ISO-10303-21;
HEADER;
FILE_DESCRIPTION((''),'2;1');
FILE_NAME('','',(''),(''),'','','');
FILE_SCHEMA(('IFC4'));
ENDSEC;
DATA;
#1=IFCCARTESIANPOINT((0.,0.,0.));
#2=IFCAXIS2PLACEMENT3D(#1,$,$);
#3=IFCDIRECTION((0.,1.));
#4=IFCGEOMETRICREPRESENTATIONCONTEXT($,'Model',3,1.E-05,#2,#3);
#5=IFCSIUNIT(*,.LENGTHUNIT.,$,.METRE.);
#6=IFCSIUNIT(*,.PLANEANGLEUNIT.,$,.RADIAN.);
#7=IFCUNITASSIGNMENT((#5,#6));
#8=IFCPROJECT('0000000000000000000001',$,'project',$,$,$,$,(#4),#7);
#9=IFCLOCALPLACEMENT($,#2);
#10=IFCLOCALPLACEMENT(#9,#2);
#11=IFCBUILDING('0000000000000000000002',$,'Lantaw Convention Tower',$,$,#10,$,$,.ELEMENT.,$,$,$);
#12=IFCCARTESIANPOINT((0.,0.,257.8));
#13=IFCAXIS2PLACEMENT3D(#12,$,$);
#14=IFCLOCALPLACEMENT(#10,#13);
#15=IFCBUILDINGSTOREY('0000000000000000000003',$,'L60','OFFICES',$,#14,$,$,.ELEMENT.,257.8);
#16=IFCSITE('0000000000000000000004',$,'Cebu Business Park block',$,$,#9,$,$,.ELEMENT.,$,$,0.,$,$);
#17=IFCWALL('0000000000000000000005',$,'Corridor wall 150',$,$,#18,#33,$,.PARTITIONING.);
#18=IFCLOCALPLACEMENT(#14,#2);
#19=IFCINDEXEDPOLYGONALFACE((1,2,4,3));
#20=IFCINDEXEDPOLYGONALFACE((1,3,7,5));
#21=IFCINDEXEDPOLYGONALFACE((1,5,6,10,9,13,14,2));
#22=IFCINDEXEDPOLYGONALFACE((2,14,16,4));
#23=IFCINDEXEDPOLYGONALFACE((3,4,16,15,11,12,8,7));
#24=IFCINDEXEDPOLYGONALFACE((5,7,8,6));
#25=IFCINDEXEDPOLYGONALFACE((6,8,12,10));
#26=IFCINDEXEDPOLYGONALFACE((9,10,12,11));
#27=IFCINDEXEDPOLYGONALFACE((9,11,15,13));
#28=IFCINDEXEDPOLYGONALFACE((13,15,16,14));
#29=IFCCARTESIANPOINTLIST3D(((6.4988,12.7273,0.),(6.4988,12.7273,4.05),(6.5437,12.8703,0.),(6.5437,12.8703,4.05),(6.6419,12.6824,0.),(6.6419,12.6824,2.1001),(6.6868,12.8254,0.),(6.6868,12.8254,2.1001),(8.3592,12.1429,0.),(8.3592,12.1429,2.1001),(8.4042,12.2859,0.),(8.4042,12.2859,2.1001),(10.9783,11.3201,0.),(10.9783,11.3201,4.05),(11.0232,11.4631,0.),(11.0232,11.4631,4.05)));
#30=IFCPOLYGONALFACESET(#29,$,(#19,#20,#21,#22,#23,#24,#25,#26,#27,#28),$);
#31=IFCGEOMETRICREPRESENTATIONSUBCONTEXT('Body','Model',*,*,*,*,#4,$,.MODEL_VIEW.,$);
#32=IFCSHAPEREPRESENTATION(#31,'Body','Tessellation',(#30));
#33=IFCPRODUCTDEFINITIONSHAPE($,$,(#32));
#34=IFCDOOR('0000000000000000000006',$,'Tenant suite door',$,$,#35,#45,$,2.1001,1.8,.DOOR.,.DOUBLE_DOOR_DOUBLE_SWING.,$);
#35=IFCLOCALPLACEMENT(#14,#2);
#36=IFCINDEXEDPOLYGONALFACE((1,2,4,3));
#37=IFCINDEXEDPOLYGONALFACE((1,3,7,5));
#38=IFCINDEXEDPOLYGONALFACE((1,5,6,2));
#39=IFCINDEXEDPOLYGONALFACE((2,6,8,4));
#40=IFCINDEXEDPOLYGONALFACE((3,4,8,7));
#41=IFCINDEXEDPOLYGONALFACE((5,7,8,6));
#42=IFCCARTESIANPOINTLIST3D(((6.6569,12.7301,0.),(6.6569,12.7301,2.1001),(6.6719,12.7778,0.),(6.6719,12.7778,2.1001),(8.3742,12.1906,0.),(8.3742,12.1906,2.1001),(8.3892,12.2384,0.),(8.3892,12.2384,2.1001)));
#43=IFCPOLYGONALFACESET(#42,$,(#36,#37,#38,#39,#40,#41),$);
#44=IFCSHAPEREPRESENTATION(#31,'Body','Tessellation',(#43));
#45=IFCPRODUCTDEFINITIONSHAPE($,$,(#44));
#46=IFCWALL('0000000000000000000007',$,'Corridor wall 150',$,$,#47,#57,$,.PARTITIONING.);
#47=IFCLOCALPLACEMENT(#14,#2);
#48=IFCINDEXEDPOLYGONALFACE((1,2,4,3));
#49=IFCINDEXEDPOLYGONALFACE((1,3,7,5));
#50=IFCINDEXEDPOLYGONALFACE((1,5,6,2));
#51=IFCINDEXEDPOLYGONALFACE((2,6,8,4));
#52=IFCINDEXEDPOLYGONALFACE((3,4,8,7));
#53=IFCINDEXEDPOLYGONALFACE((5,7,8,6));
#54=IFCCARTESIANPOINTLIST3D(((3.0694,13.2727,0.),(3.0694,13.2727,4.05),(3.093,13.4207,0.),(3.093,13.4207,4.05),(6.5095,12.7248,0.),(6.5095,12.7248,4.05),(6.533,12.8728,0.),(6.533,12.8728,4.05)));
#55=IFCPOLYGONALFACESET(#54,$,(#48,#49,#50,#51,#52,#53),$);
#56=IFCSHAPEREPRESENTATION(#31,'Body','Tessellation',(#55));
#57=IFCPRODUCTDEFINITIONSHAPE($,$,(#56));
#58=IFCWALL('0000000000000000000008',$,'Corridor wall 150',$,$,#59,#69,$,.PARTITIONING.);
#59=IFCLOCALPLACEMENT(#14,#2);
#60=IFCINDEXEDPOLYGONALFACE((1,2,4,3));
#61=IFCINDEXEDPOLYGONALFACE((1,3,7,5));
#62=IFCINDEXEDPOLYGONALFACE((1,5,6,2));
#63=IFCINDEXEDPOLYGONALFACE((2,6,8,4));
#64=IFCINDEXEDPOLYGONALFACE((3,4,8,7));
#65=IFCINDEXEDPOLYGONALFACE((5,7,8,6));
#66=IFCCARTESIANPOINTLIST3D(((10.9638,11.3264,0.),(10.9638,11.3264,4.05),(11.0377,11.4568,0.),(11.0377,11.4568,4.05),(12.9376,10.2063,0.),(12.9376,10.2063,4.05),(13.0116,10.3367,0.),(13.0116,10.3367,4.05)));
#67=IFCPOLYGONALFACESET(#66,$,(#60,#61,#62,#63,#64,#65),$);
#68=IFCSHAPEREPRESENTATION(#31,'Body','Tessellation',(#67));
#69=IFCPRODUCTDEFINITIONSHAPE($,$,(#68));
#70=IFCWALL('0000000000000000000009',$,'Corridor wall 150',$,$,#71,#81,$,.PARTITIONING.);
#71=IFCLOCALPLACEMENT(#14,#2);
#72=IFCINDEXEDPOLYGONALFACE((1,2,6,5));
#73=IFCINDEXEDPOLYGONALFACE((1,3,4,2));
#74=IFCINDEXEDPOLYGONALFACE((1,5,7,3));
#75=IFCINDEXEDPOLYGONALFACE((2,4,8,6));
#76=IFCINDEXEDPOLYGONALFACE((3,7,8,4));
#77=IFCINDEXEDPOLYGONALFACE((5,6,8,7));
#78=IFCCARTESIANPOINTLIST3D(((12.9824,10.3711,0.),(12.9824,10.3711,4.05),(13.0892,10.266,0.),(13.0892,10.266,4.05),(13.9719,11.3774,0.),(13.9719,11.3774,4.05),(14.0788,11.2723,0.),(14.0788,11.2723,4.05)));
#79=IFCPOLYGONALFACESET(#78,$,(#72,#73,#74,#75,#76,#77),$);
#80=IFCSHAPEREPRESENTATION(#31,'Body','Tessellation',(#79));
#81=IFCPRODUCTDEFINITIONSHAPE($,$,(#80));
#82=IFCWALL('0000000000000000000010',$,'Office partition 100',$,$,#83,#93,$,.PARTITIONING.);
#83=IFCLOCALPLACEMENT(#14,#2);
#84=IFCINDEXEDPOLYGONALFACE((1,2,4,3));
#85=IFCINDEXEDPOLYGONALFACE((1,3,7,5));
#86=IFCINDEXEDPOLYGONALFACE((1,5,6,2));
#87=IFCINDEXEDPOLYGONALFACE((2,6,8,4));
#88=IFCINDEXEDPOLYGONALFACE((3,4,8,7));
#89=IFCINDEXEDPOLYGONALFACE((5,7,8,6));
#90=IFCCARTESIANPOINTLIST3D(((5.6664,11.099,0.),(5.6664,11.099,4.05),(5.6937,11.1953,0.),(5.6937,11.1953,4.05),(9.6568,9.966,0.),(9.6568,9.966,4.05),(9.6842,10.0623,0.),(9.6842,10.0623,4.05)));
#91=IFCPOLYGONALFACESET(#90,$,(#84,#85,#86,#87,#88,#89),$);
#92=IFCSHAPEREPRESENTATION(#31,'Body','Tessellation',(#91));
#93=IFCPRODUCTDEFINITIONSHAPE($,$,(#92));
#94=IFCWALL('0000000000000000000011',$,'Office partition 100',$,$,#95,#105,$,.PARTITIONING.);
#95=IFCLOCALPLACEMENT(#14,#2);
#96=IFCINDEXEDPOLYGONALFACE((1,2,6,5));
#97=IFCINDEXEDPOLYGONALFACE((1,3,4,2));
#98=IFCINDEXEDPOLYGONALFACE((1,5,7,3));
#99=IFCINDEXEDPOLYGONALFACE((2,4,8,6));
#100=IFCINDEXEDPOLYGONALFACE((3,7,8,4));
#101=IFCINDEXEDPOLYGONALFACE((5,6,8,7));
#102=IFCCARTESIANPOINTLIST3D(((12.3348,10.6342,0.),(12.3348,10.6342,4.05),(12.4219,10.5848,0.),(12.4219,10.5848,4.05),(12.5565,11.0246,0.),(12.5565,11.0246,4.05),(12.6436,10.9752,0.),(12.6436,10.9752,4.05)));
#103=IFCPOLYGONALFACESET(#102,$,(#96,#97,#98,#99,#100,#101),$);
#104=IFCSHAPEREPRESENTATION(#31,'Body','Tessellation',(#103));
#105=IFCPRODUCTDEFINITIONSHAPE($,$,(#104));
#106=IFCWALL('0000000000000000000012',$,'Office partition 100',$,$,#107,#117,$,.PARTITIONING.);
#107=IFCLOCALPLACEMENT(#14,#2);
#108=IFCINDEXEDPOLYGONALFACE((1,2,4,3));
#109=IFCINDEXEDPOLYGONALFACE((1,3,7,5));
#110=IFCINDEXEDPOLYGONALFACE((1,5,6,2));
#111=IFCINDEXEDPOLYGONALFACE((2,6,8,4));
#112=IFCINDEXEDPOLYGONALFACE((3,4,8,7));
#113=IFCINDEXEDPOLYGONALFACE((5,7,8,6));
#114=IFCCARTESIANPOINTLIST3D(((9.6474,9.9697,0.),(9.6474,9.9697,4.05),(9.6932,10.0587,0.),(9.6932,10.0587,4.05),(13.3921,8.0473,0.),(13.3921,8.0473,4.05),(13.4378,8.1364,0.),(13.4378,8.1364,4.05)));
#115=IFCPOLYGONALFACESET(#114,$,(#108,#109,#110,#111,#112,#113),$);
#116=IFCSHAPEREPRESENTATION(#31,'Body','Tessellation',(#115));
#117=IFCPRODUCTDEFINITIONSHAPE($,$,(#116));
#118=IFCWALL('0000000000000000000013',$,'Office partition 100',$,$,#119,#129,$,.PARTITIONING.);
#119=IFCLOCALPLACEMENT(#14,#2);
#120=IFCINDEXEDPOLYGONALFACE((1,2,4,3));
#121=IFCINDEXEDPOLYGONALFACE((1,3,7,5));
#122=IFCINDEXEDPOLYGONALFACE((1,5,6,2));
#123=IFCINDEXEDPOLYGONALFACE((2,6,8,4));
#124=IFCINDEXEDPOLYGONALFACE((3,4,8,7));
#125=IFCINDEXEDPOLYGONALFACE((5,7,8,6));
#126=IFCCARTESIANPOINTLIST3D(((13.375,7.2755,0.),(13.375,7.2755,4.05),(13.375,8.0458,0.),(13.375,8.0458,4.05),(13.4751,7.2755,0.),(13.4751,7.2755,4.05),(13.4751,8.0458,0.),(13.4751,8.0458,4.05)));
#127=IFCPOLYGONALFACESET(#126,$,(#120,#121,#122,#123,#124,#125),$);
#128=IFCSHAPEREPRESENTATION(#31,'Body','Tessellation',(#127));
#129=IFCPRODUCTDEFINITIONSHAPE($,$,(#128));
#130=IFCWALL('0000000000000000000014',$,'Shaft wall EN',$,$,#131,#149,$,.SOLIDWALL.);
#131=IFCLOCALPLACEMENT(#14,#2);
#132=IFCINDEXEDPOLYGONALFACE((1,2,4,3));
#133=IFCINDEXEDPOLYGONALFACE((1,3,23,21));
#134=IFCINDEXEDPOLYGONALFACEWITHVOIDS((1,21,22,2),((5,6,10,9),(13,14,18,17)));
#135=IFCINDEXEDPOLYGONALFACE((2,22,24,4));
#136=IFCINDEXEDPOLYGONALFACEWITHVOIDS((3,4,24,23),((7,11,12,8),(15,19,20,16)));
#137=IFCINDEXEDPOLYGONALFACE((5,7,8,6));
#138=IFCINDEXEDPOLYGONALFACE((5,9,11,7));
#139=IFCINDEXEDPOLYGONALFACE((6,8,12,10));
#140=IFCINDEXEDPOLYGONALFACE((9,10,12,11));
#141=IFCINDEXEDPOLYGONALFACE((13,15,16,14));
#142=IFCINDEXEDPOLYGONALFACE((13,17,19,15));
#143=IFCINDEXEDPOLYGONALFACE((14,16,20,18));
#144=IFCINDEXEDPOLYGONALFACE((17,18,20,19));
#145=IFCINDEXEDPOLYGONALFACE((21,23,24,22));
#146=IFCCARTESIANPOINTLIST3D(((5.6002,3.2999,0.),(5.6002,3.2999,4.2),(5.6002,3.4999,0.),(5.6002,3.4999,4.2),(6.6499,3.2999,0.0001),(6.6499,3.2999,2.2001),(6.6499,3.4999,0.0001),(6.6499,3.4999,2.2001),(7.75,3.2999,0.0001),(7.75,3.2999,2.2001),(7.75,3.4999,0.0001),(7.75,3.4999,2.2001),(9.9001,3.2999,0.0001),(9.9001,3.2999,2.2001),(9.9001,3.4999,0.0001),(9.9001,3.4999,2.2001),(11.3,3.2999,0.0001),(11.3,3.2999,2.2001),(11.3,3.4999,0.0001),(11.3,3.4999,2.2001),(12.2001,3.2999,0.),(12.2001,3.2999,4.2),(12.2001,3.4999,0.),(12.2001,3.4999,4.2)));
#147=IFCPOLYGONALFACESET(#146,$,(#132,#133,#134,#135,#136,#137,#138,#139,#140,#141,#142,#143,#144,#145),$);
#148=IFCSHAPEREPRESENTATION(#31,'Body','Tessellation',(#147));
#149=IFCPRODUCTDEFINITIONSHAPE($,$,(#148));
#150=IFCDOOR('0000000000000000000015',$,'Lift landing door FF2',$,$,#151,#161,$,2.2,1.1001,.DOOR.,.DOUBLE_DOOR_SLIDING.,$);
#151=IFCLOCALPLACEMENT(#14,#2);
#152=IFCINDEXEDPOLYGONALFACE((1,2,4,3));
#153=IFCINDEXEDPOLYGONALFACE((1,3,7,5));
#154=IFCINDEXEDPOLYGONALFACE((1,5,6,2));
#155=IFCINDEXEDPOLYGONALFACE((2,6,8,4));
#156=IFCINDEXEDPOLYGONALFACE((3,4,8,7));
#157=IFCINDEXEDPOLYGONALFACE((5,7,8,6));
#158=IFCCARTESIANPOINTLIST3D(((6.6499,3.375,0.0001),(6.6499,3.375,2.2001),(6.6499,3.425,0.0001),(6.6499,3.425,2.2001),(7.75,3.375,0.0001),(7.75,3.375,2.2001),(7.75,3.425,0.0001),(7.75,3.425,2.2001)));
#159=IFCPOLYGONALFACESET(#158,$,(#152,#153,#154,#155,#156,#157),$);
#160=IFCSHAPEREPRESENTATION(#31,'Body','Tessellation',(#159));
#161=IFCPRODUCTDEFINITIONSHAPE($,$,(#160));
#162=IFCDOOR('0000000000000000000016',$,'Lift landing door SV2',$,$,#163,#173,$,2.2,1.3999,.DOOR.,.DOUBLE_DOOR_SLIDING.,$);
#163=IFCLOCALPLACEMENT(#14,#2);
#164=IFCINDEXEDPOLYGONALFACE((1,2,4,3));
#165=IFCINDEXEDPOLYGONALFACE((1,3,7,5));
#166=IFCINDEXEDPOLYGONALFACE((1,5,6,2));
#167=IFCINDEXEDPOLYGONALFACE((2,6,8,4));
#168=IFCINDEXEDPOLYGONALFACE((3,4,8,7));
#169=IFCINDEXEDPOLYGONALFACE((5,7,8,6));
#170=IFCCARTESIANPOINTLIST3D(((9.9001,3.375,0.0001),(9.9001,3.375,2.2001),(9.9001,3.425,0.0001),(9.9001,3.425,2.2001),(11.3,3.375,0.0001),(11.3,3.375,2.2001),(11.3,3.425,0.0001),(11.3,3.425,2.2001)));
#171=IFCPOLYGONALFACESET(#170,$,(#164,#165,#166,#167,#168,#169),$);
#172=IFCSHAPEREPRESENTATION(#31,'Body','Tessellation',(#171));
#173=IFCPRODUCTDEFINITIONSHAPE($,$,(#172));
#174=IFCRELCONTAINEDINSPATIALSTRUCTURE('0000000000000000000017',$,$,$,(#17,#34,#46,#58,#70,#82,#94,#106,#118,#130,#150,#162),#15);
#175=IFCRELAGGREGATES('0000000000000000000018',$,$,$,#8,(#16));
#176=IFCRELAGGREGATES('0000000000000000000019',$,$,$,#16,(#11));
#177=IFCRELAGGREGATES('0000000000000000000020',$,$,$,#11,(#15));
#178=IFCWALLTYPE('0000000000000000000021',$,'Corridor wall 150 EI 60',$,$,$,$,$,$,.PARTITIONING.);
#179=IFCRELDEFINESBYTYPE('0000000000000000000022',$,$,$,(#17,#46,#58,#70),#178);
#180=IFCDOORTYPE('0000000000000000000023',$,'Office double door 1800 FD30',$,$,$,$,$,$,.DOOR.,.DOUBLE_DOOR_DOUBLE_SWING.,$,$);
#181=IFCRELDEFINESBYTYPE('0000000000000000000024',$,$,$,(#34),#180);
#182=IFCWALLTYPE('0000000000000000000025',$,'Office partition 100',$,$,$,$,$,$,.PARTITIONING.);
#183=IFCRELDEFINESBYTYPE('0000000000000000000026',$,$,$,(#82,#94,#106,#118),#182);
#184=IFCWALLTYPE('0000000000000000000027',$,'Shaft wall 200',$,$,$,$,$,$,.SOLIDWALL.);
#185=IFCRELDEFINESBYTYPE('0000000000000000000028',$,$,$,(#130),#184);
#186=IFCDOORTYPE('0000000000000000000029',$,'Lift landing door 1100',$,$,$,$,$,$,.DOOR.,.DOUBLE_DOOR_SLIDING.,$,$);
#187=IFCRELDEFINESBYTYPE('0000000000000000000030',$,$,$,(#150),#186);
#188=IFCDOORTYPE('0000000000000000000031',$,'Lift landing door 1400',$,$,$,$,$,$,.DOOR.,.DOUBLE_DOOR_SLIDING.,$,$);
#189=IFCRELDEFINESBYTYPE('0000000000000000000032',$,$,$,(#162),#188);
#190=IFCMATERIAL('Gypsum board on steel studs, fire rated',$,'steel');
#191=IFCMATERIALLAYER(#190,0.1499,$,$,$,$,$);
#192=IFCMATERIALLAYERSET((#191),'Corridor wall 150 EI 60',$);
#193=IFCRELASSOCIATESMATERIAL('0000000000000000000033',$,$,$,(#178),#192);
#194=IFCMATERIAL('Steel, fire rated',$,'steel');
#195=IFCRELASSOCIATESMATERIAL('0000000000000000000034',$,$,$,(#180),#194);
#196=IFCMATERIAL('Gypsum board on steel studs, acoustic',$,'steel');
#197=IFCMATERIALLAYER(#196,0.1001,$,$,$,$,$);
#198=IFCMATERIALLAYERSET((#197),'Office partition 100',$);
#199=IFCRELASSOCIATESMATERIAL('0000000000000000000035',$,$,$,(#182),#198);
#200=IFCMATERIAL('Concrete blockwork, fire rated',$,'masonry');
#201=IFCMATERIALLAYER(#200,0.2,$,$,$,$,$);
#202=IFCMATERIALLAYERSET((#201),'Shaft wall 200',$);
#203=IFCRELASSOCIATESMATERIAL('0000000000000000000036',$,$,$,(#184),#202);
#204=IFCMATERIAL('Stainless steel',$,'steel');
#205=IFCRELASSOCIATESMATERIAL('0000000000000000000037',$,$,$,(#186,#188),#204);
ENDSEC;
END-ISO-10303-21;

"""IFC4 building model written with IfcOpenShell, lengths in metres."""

from ifc_helpers import new_model, si_unit, direction, frame, frame_2d, origin, place, context, subcontext, project, spatial, rectangle, extrude, material, layer, layer_set, type_object, element, fill, save


model = new_model("IFC4")

# Units and contexts
model_context = context("Model", 3, precision=1e-05, world=origin(), true_north=direction((0.0, 1.0)))
body_context = subcontext(model_context, "Body", "Model", "MODEL_VIEW")
ifc_project = project(units=[si_unit("LENGTHUNIT", "METRE"), si_unit("PLANEANGLEUNIT", "RADIAN")], contexts=[model_context])

# Site, building, storey
site_placement = place(None, origin())
site = spatial("IfcSite", under=ifc_project, at=site_placement, Name="Cebu Business Park block", CompositionType="ELEMENT", RefElevation=0.0)
building_placement = place(site_placement, origin())
building = spatial("IfcBuilding", under=site, at=building_placement, Name="Lantaw Convention Tower", CompositionType="ELEMENT")
storey_placement = place(building_placement, frame((0.0, 0.0, 257.8)))
storey = spatial("IfcBuildingStorey", under=building, at=storey_placement, Name="L60", Description="OFFICES", CompositionType="ELEMENT", Elevation=257.8)

# Wall, opening, door
ifc_material_1 = material(Name="Gypsum board on steel studs, fire rated", Category="steel")
ifc_layer_1 = layer(ifc_material_1, 0.1499)
ifc_layer_set_1 = layer_set([ifc_layer_1], Name="Corridor wall 150 EI 60")
wall_type_1 = type_object("IfcWallType", Name="Corridor wall 150 EI 60", PredefinedType="PARTITIONING", material=ifc_layer_set_1)
wall_1_placement = place(storey_placement, frame((11.0007, 11.3916, 0.0), z_axis=(0.0, 0.0, 1.0), x_axis=(-0.954031, 0.299708, 0.0)))
wall_1 = element("IfcWall", 1, at=wall_1_placement, inside=storey, type_object=wall_type_1, Name="Corridor wall 150", PredefinedType="PARTITIONING", context=body_context, shape_type="SweptSolid", body=[
    extrude(rectangle(XDim=4.6953, YDim=0.1499, at=frame_2d((2.3477, 0.0))), origin(), (0.0, 0.0, 1.0), 4.05),
])
opening_1_placement = place(wall_1_placement, frame((2.7454, 0.0, 0.0)))
opening_1 = element("IfcOpeningElement", 2, at=opening_1_placement, cuts=wall_1, PredefinedType="OPENING", context=body_context, shape_type="SweptSolid", body=[
    extrude(rectangle(XDim=1.8, YDim=2.1001, at=frame_2d((0.8999, 1.05))), frame((0.0, 0.085, 0.0), z_axis=(0.0, -1.0, 0.0), x_axis=(1.0, 0.0, 0.0)), (0.0, 0.0, 1.0), 0.1699),
])
ifc_material_2 = material(Name="Steel, fire rated", Category="steel")
door_type_1 = type_object("IfcDoorType", Name="Office double door 1800 FD30", OperationType="DOUBLE_DOOR_DOUBLE_SWING", PredefinedType="DOOR", material=ifc_material_2)
door_1_placement = place(opening_1_placement, origin())
door_1 = element("IfcDoor", 3, at=door_1_placement, inside=storey, type_object=door_type_1, Name="Tenant suite door", OperationType="DOUBLE_DOOR_DOUBLE_SWING", OverallHeight=2.1001, OverallWidth=1.8, PredefinedType="DOOR", context=body_context, shape_type="SweptSolid", body=[
    extrude(rectangle(XDim=1.8, YDim=2.1001, at=frame_2d((0.8999, 1.05))), frame((0.0, 0.0249, 0.0), z_axis=(0.0, -1.0, 0.0), x_axis=(1.0, 0.0, 0.0)), (0.0, 0.0, 1.0), 0.05),
])
fill(opening_1, door_1)

# Walls
wall_2_placement = place(storey_placement, frame((6.5212, 12.7988, 0.0), z_axis=(0.0, 0.0, 1.0), x_axis=(-0.987554, 0.15728, 0.0)))
element("IfcWall", 4, at=wall_2_placement, inside=storey, type_object=wall_type_1, Name="Corridor wall 150", PredefinedType="PARTITIONING", context=body_context, shape_type="SweptSolid", body=[
    extrude(rectangle(XDim=3.4834, YDim=0.1499, at=frame_2d((1.7417, 0.0))), origin(), (0.0, 0.0, 1.0), 4.05),
])
wall_3_placement = place(storey_placement, frame((12.9746, 10.2715, 0.0), z_axis=(0.0, 0.0, 1.0), x_axis=(-0.869722, 0.493542, 0.0)))
element("IfcWall", 5, at=wall_3_placement, inside=storey, type_object=wall_type_1, Name="Corridor wall 150", PredefinedType="PARTITIONING", context=body_context, shape_type="SweptSolid", body=[
    extrude(rectangle(XDim=2.2695, YDim=0.1499, at=frame_2d((1.1348, 0.0))), origin(), (0.0, 0.0, 1.0), 4.05),
])
wall_4_placement = place(storey_placement, frame((13.0359, 10.3186, 0.0), z_axis=(0.0, 0.0, 1.0), x_axis=(0.701114, 0.71305, 0.0)))
element("IfcWall", 6, at=wall_4_placement, inside=storey, type_object=wall_type_1, Name="Corridor wall 150", PredefinedType="PARTITIONING", context=body_context, shape_type="SweptSolid", body=[
    extrude(rectangle(XDim=1.4114, YDim=0.1499, at=frame_2d((0.7056, 0.0))), origin(), (0.0, 0.0, 1.0), 4.05),
])
ifc_material_3 = material(Name="Gypsum board on steel studs, acoustic", Category="steel")
ifc_layer_2 = layer(ifc_material_3, 0.1001)
ifc_layer_set_2 = layer_set([ifc_layer_2], Name="Office partition 100")
wall_type_2 = type_object("IfcWallType", Name="Office partition 100", PredefinedType="PARTITIONING", material=ifc_layer_set_2)
wall_5_placement = place(storey_placement, frame((5.6799, 11.1472, 0.0), z_axis=(0.0, 0.0, 1.0), x_axis=(0.961973, -0.273143, 0.0)))
element("IfcWall", 7, at=wall_5_placement, inside=storey, type_object=wall_type_2, Name="Office partition 100", PredefinedType="PARTITIONING", context=body_context, shape_type="SweptSolid", body=[
    extrude(rectangle(XDim=4.1482, YDim=0.1001, at=frame_2d((2.0742, 0.0))), origin(), (0.0, 0.0, 1.0), 4.05),
])
wall_6_placement = place(storey_placement, frame((12.6001, 11.0, 0.0), z_axis=(0.0, 0.0, 1.0), x_axis=(-0.493794, -0.869579, 0.0)))
element("IfcWall", 8, at=wall_6_placement, inside=storey, type_object=wall_type_2, Name="Office partition 100", PredefinedType="PARTITIONING", context=body_context, shape_type="SweptSolid", body=[
    extrude(rectangle(XDim=0.449, YDim=0.1001, at=frame_2d((0.2246, 0.0))), origin(), (0.0, 0.0, 1.0), 4.05),
])
wall_7_placement = place(storey_placement, frame((9.6704, 10.0142, 0.0), z_axis=(0.0, 0.0, 1.0), x_axis=(0.889621, -0.4567, 0.0)))
element("IfcWall", 9, at=wall_7_placement, inside=storey, type_object=wall_type_2, Name="Office partition 100", PredefinedType="PARTITIONING", context=body_context, shape_type="SweptSolid", body=[
    extrude(rectangle(XDim=4.2092, YDim=0.1001, at=frame_2d((2.1045, 0.0))), origin(), (0.0, 0.0, 1.0), 4.05),
])
wall_8_placement = place(storey_placement, frame((13.425, 7.2754, 0.0), z_axis=(0.0, 0.0, 1.0), x_axis=(0.0, 1.0, 0.0)))
element("IfcWall", 10, at=wall_8_placement, inside=storey, type_object=wall_type_2, Name="Office partition 100", PredefinedType="PARTITIONING", context=body_context, shape_type="SweptSolid", body=[
    extrude(rectangle(XDim=0.7703, YDim=0.1001, at=frame_2d((0.3853, 0.0))), origin(), (0.0, 0.0, 1.0), 4.05),
])

# Wall, openings, doors
ifc_material_4 = material(Name="Concrete blockwork, fire rated", Category="masonry")
ifc_layer_3 = layer(ifc_material_4, 0.2)
ifc_layer_set_3 = layer_set([ifc_layer_3], Name="Shaft wall 200")
wall_type_3 = type_object("IfcWallType", Name="Shaft wall 200", PredefinedType="SOLIDWALL", material=ifc_layer_set_3)
wall_9_placement = place(storey_placement, frame((12.2, 3.3999, 0.0), z_axis=(0.0, 0.0, 1.0), x_axis=(-1.0, 0.0, 0.0)))
wall_9 = element("IfcWall", 11, at=wall_9_placement, inside=storey, type_object=wall_type_3, Name="Shaft wall EN", PredefinedType="SOLIDWALL", context=body_context, shape_type="SweptSolid", body=[
    extrude(rectangle(XDim=6.5999, YDim=0.2, at=frame_2d((3.2998, 0.0))), origin(), (0.0, 0.0, 1.0), 4.2),
])
opening_2_placement = place(wall_9_placement, frame((4.45, 0.0, 0.0)))
opening_2 = element("IfcOpeningElement", 12, at=opening_2_placement, cuts=wall_9, PredefinedType="OPENING", context=body_context, shape_type="SweptSolid", body=[
    extrude(rectangle(XDim=1.1001, YDim=2.2, at=frame_2d((0.55, 1.1001))), frame((0.0, 0.1099, 0.0), z_axis=(0.0, -1.0, 0.0), x_axis=(1.0, 0.0, 0.0)), (0.0, 0.0, 1.0), 0.22),
])
opening_3_placement = place(wall_9_placement, frame((0.8999, 0.0, 0.0)))
opening_3 = element("IfcOpeningElement", 13, at=opening_3_placement, cuts=wall_9, PredefinedType="OPENING", context=body_context, shape_type="SweptSolid", body=[
    extrude(rectangle(XDim=1.3999, YDim=2.2, at=frame_2d((0.7, 1.1001))), frame((0.0, 0.1099, 0.0), z_axis=(0.0, -1.0, 0.0), x_axis=(1.0, 0.0, 0.0)), (0.0, 0.0, 1.0), 0.22),
])
ifc_material_5 = material(Name="Stainless steel", Category="steel")
door_type_2 = type_object("IfcDoorType", Name="Lift landing door 1100", OperationType="DOUBLE_DOOR_SLIDING", PredefinedType="DOOR", material=ifc_material_5)
door_2_placement = place(opening_2_placement, origin())
door_2 = element("IfcDoor", 14, at=door_2_placement, inside=storey, type_object=door_type_2, Name="Lift landing door FF2", OperationType="DOUBLE_DOOR_SLIDING", OverallHeight=2.2, OverallWidth=1.1001, PredefinedType="DOOR", context=body_context, shape_type="SweptSolid", body=[
    extrude(rectangle(XDim=1.1001, YDim=2.2, at=frame_2d((0.55, 1.1001))), frame((0.0, 0.0249, 0.0), z_axis=(0.0, -1.0, 0.0), x_axis=(1.0, 0.0, 0.0)), (0.0, 0.0, 1.0), 0.05),
])
fill(opening_2, door_2)
door_type_3 = type_object("IfcDoorType", Name="Lift landing door 1400", OperationType="DOUBLE_DOOR_SLIDING", PredefinedType="DOOR", material=ifc_material_5)
door_3_placement = place(opening_3_placement, origin())
door_3 = element("IfcDoor", 15, at=door_3_placement, inside=storey, type_object=door_type_3, Name="Lift landing door SV2", OperationType="DOUBLE_DOOR_SLIDING", OverallHeight=2.2, OverallWidth=1.3999, PredefinedType="DOOR", context=body_context, shape_type="SweptSolid", body=[
    extrude(rectangle(XDim=1.3999, YDim=2.2, at=frame_2d((0.7, 1.1001))), frame((0.0, 0.0249, 0.0), z_axis=(0.0, -1.0, 0.0), x_axis=(1.0, 0.0, 0.0)), (0.0, 0.0, 1.0), 0.05),
])
fill(opening_3, door_3)

save(model, "model.ifc")
